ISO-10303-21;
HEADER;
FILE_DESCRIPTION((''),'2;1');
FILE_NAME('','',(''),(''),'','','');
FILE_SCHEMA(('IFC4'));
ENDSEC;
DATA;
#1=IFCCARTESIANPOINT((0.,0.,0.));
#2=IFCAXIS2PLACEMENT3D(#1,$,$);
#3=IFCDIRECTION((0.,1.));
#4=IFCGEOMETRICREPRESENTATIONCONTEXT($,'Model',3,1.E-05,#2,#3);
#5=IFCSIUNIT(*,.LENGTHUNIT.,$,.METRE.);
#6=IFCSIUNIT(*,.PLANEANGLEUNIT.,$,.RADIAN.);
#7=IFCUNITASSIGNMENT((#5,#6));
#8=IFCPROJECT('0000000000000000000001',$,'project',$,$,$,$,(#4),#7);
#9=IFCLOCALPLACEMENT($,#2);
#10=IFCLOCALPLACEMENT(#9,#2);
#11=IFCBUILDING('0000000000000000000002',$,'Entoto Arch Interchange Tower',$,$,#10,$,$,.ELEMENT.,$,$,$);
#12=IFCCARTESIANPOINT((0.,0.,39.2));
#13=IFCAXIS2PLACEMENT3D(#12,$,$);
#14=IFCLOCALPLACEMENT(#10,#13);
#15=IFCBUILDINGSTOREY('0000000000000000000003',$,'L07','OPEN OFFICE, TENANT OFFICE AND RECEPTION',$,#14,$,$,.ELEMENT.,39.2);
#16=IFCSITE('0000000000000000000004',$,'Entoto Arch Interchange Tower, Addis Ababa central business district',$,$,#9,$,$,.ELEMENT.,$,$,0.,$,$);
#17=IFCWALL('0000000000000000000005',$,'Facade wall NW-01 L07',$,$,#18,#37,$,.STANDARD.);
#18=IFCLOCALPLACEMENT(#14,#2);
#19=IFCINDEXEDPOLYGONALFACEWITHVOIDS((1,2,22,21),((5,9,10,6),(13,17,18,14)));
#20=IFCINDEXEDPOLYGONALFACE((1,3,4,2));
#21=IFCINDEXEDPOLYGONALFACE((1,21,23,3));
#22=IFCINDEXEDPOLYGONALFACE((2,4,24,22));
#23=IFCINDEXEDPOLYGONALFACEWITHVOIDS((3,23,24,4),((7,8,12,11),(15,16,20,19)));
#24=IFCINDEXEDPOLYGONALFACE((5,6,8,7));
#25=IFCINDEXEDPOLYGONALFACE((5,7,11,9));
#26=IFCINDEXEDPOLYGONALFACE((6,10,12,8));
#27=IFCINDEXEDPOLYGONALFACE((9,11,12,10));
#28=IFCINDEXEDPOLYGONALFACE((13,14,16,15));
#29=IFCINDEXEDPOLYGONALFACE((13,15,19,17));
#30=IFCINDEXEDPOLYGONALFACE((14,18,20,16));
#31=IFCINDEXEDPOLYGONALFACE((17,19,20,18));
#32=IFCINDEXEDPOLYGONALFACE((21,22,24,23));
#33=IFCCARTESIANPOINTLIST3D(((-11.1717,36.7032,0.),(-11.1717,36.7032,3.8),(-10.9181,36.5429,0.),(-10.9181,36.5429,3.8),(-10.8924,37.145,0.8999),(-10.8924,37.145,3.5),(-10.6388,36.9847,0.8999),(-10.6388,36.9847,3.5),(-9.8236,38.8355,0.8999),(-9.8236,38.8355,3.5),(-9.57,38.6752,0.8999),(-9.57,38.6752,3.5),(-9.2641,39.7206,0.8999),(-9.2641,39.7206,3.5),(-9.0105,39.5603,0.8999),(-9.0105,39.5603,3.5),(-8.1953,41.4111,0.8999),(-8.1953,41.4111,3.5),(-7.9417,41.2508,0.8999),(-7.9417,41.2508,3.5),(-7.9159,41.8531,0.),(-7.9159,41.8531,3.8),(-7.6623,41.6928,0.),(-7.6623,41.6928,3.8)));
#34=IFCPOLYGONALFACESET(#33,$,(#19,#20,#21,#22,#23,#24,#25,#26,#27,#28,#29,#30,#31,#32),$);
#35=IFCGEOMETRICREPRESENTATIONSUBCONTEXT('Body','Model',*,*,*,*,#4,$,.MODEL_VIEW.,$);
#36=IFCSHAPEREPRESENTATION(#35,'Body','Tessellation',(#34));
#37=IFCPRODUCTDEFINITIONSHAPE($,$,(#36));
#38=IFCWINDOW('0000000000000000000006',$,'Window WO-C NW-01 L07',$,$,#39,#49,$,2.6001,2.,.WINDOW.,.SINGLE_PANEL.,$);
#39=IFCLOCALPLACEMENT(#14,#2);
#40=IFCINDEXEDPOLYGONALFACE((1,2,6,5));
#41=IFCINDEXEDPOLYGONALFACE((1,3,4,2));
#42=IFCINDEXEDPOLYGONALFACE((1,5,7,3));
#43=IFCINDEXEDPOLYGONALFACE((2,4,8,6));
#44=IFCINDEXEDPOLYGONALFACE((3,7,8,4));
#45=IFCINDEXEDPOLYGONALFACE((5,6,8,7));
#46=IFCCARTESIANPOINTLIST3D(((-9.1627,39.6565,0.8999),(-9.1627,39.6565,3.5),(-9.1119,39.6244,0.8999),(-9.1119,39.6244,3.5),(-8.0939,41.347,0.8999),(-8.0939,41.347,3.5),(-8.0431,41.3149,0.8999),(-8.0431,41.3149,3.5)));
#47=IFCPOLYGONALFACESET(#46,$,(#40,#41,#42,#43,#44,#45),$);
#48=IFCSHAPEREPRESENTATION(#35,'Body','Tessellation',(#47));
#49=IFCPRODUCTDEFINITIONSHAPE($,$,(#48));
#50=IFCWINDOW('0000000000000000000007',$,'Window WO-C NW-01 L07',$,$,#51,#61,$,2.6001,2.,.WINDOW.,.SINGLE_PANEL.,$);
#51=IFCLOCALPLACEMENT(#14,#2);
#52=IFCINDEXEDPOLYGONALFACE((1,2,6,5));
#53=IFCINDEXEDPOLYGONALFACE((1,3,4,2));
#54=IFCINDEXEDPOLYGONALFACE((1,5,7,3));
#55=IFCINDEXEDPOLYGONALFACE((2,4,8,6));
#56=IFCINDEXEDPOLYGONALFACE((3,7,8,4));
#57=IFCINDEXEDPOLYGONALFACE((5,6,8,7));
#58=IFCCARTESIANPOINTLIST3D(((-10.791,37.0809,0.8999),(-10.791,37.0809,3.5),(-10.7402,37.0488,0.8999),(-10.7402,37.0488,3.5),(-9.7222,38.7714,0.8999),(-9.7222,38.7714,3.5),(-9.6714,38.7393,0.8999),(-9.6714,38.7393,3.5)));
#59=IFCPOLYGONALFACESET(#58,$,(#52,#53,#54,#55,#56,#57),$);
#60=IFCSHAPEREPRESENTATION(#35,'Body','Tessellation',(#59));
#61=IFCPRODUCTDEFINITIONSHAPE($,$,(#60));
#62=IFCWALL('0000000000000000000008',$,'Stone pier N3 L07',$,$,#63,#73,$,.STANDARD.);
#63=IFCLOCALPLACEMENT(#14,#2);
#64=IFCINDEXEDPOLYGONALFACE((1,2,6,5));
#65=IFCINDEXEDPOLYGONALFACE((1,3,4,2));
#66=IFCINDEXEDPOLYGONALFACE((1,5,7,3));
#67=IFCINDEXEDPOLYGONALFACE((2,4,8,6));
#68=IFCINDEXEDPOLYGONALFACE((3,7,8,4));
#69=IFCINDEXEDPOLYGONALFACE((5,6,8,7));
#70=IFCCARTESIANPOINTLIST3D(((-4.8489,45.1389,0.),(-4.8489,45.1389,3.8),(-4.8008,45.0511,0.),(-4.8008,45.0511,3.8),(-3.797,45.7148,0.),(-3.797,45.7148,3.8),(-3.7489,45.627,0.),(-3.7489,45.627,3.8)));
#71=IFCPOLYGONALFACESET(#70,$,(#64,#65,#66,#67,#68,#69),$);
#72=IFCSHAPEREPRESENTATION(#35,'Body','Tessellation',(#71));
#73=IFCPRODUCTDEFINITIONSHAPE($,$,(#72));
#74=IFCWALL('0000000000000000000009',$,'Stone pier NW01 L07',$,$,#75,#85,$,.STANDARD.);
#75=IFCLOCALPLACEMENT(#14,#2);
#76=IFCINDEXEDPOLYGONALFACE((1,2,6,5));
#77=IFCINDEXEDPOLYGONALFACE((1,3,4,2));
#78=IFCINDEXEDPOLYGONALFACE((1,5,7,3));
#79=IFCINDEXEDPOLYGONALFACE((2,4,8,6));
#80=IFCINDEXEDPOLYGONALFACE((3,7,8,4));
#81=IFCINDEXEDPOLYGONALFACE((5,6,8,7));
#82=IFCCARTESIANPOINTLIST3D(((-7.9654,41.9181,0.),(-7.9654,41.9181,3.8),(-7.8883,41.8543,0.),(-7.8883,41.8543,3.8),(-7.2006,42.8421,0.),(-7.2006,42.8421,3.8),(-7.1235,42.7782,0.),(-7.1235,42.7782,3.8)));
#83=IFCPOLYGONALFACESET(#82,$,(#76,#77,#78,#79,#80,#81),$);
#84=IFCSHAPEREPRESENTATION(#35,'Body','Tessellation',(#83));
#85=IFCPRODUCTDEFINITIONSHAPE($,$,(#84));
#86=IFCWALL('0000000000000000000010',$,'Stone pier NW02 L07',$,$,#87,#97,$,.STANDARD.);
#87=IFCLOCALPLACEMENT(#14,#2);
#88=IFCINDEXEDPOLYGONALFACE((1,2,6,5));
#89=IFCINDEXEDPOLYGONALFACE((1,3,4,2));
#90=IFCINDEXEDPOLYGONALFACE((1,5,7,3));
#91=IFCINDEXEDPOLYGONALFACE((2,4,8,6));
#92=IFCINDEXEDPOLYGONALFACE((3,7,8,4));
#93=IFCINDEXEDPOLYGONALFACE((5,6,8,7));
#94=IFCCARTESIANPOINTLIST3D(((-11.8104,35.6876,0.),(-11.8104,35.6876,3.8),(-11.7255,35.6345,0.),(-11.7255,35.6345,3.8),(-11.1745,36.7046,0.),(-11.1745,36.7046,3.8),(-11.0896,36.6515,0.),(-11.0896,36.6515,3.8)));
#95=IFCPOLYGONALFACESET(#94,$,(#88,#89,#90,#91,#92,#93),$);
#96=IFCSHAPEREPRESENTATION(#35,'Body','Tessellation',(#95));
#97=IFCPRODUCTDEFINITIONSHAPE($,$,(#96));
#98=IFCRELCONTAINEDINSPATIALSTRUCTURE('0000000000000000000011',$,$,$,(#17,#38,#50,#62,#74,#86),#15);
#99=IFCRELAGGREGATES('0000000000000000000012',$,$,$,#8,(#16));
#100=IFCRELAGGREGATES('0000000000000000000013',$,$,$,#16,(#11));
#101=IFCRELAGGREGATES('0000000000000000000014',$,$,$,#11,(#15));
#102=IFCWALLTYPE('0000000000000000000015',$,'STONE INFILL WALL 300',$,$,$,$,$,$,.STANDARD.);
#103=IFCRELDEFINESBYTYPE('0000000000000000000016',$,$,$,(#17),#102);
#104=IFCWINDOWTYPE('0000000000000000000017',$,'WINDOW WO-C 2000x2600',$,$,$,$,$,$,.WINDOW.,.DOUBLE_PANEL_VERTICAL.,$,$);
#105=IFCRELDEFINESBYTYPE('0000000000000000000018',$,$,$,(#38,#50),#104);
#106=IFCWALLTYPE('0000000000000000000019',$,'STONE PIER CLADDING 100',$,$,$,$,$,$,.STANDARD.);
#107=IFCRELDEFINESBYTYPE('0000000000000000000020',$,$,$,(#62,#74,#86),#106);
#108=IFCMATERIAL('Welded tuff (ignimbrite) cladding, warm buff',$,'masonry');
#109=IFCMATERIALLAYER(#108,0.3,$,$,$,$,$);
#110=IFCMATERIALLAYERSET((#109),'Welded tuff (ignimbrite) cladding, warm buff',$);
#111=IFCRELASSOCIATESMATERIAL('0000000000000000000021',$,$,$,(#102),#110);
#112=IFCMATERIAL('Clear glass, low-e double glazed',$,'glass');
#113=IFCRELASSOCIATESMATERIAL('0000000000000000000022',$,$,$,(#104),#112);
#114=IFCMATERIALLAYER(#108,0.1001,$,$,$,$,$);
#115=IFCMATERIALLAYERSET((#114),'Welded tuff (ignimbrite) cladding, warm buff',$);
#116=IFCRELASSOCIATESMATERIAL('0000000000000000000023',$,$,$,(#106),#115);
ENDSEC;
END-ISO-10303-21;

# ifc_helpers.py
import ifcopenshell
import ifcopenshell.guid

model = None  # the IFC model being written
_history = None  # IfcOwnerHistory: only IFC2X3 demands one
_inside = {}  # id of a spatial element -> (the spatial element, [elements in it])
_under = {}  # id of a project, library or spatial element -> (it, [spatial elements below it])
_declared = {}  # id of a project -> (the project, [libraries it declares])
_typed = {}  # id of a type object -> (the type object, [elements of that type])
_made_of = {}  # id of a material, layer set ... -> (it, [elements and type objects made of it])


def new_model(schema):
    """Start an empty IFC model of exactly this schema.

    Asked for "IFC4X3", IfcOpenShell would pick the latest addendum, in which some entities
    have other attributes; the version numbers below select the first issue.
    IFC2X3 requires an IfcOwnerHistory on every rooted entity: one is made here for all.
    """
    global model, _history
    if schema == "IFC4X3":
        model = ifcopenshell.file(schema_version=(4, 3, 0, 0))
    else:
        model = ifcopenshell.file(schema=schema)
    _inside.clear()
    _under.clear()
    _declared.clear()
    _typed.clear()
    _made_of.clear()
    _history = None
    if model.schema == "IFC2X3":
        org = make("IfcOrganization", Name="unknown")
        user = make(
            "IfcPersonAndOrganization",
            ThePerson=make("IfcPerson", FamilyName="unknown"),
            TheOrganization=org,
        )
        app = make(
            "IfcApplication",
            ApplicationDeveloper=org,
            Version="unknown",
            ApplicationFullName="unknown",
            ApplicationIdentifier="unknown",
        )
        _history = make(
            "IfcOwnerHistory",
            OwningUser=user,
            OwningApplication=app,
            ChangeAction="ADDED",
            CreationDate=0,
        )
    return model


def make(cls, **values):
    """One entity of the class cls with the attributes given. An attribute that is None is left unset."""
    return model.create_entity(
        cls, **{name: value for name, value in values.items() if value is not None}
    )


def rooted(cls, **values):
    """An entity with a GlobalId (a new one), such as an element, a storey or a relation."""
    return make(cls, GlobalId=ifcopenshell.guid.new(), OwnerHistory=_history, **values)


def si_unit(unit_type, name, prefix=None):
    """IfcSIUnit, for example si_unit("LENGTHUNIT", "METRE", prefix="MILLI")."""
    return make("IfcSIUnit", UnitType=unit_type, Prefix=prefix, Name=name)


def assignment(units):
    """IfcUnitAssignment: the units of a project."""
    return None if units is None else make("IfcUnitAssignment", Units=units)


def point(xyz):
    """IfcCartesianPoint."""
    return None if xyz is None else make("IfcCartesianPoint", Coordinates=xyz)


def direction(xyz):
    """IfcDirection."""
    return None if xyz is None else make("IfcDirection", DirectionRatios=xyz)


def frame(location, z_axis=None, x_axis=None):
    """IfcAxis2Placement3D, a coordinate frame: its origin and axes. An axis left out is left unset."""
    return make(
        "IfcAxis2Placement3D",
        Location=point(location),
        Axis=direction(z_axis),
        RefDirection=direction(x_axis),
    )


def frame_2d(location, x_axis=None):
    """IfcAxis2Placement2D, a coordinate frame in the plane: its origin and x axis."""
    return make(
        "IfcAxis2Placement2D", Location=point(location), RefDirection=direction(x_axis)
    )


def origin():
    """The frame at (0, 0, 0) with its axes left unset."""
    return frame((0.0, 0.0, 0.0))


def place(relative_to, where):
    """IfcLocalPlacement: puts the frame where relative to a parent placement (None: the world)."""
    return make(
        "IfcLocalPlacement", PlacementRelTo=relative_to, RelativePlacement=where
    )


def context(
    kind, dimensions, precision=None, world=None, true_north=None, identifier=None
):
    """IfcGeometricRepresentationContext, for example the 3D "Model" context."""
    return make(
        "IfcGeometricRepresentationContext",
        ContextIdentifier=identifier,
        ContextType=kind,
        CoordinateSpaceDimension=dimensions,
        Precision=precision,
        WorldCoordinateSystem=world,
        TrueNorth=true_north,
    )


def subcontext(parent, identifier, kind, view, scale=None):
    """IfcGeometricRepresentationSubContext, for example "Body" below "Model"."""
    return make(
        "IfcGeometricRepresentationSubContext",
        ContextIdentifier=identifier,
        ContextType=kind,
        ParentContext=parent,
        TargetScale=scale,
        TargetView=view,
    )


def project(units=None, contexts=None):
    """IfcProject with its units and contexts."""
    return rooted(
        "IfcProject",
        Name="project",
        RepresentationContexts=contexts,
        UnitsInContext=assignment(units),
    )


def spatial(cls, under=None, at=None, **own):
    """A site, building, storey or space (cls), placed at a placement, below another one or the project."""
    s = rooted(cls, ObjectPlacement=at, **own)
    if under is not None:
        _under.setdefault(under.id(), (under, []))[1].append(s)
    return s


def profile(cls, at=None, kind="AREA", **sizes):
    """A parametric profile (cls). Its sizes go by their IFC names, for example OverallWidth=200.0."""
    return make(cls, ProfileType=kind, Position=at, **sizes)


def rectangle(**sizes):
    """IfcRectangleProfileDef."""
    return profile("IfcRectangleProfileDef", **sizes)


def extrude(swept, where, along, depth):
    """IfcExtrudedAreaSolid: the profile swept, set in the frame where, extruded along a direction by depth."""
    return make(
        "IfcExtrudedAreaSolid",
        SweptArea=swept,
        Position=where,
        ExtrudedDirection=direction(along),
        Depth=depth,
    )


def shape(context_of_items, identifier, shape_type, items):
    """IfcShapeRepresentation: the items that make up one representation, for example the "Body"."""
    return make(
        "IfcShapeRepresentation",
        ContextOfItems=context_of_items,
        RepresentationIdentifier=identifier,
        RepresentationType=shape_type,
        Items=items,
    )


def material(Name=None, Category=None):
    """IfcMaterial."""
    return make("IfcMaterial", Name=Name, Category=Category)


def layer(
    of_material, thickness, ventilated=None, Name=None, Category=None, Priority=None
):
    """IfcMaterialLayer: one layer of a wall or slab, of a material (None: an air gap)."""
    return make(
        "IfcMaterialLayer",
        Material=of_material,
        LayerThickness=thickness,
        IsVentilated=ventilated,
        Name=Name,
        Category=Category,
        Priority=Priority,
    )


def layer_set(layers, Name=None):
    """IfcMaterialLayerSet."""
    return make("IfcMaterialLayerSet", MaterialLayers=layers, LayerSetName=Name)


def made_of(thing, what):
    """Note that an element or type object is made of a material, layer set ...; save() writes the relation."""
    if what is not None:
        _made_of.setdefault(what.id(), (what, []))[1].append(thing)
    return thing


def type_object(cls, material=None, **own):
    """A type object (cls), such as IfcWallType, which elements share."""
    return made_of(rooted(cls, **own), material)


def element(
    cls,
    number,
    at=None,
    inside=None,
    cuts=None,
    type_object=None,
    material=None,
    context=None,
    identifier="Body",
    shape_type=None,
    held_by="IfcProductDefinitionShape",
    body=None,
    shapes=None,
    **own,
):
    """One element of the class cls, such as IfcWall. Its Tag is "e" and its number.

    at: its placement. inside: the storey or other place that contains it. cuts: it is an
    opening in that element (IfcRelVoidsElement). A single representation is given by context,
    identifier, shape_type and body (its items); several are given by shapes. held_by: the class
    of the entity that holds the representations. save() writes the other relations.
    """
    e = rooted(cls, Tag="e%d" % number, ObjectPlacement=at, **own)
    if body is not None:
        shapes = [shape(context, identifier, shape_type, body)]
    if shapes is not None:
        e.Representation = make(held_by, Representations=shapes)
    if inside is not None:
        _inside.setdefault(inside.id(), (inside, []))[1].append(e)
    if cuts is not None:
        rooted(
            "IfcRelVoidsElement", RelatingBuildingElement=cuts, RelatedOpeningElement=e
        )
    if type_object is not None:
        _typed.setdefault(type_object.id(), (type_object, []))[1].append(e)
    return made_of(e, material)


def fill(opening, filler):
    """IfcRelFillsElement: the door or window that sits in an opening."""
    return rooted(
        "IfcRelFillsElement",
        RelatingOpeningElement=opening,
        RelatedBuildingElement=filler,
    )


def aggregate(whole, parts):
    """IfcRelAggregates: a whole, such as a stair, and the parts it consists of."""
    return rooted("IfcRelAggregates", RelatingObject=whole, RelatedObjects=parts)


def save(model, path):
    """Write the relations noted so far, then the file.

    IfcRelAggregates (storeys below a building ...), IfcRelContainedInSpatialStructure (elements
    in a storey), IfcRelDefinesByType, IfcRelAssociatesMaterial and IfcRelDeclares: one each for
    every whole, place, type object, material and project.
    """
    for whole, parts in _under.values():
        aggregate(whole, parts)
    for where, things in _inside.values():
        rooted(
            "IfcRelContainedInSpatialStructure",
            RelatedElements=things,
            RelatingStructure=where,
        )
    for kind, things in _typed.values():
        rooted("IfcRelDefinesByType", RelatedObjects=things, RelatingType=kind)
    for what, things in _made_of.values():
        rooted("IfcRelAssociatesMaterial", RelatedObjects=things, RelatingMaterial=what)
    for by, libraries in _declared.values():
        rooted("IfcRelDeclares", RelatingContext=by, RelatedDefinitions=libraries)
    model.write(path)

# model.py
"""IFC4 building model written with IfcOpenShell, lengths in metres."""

from ifc_helpers import new_model, si_unit, direction, frame, frame_2d, origin, place, context, subcontext, project, spatial, rectangle, extrude, material, layer, layer_set, type_object, element, fill, save


model = new_model("IFC4")

# Units and contexts
model_context = context("Model", 3, precision=1e-05, world=origin(), true_north=direction((0.0, 1.0)))
body_context = subcontext(model_context, "Body", "Model", "MODEL_VIEW")
ifc_project = project(units=[si_unit("LENGTHUNIT", "METRE"), si_unit("PLANEANGLEUNIT", "RADIAN")], contexts=[model_context])

# Site, building, storey
site_placement = place(None, origin())
site = spatial("IfcSite", under=ifc_project, at=site_placement, Name="Entoto Arch Interchange Tower, Addis Ababa central business district", CompositionType="ELEMENT", RefElevation=0.0)
building_placement = place(site_placement, origin())
building = spatial("IfcBuilding", under=site, at=building_placement, Name="Entoto Arch Interchange Tower", CompositionType="ELEMENT")
storey_placement = place(building_placement, frame((0.0, 0.0, 39.2)))
storey = spatial("IfcBuildingStorey", under=building, at=storey_placement, Name="L07", Description="OPEN OFFICE, TENANT OFFICE AND RECEPTION", CompositionType="ELEMENT", Elevation=39.2)

# Shared definitions
ifc_material_1 = material(Name="Welded tuff (ignimbrite) cladding, warm buff", Category="masonry")
ifc_layer_1 = layer(ifc_material_1, 0.3)
ifc_layer_set_1 = layer_set([ifc_layer_1], Name="Welded tuff (ignimbrite) cladding, warm buff")
wall_type_1 = type_object("IfcWallType", Name="STONE INFILL WALL 300", PredefinedType="STANDARD", material=ifc_layer_set_1)
ifc_material_2 = material(Name="Clear glass, low-e double glazed", Category="glass")

# Wall, openings, windows
wall_1_placement = place(storey_placement, frame((-7.7891, 41.7729, 0.0), z_axis=(0.0, 0.0, 1.0), x_axis=(-0.534379, -0.845245, 0.0)))
wall_1 = element("IfcWall", 1, at=wall_1_placement, inside=storey, type_object=wall_type_1, Name="Facade wall NW-01 L07", PredefinedType="STANDARD", context=body_context, shape_type="SweptSolid", body=[
    extrude(rectangle(XDim=6.0928, YDim=0.3, at=frame_2d((3.0464, 0.0))), origin(), (0.0, 0.0, 1.0), 3.8),
])
opening_1_placement = place(wall_1_placement, frame((0.5229, 0.0, 0.8999)))
opening_1 = element("IfcOpeningElement", 2, at=opening_1_placement, cuts=wall_1, PredefinedType="OPENING", context=body_context, shape_type="SweptSolid", body=[
    extrude(rectangle(XDim=2.0, YDim=2.6001, at=frame_2d((1.0, 1.3))), frame((0.0, 0.1602, 0.0), z_axis=(0.0, -1.0, 0.0), x_axis=(1.0, 0.0, 0.0)), (0.0, 0.0, 1.0), 0.3201),
])
opening_2_placement = place(wall_1_placement, frame((3.5701, 0.0, 0.8999)))
opening_2 = element("IfcOpeningElement", 3, at=opening_2_placement, cuts=wall_1, PredefinedType="OPENING", context=body_context, shape_type="SweptSolid", body=[
    extrude(rectangle(XDim=2.0, YDim=2.6001, at=frame_2d((1.0, 1.3))), frame((0.0, 0.1602, 0.0), z_axis=(0.0, -1.0, 0.0), x_axis=(1.0, 0.0, 0.0)), (0.0, 0.0, 1.0), 0.3201),
])
window_type_1 = type_object("IfcWindowType", Name="WINDOW WO-C 2000x2600", PartitioningType="DOUBLE_PANEL_VERTICAL", PredefinedType="WINDOW", material=ifc_material_2)
window_1_placement = place(opening_1_placement, origin())
window_1 = element("IfcWindow", 4, at=window_1_placement, inside=storey, type_object=window_type_1, Name="Window WO-C NW-01 L07", OverallHeight=2.6001, OverallWidth=2.0, PartitioningType="SINGLE_PANEL", PredefinedType="WINDOW", context=body_context, shape_type="SweptSolid", body=[
    extrude(rectangle(XDim=2.0, YDim=2.6001, at=frame_2d((1.0, 1.3))), frame((0.0, 0.03, 0.0), z_axis=(0.0, -1.0, 0.0), x_axis=(1.0, 0.0, 0.0)), (0.0, 0.0, 1.0), 0.0601),
])
fill(opening_1, window_1)
window_2_placement = place(opening_2_placement, origin())
window_2 = element("IfcWindow", 5, at=window_2_placement, inside=storey, type_object=window_type_1, Name="Window WO-C NW-01 L07", OverallHeight=2.6001, OverallWidth=2.0, PartitioningType="SINGLE_PANEL", PredefinedType="WINDOW", context=body_context, shape_type="SweptSolid", body=[
    extrude(rectangle(XDim=2.0, YDim=2.6001, at=frame_2d((1.0, 1.3))), frame((0.0, 0.03, 0.0), z_axis=(0.0, -1.0, 0.0), x_axis=(1.0, 0.0, 0.0)), (0.0, 0.0, 1.0), 0.0601),
])
fill(opening_2, window_2)

# Walls
ifc_layer_2 = layer(ifc_material_1, 0.1001)
ifc_layer_set_2 = layer_set([ifc_layer_2], Name="Welded tuff (ignimbrite) cladding, warm buff")
wall_type_2 = type_object("IfcWallType", Name="STONE PIER CLADDING 100", PredefinedType="STANDARD", material=ifc_layer_set_2)
wall_2_placement = place(storey_placement, frame((-3.7729, 45.6709, 0.0), z_axis=(0.0, 0.0, 1.0), x_axis=(-0.877155, -0.480206, 0.0)))
element("IfcWall", 6, at=wall_2_placement, inside=storey, type_object=wall_type_2, Name="Stone pier N3 L07", PredefinedType="STANDARD", context=body_context, shape_type="SweptSolid", body=[
    extrude(rectangle(XDim=1.1992, YDim=0.1001, at=frame_2d((0.5996, 0.0))), origin(), (0.0, 0.0, 1.0), 3.8),
])
for number, where, z_axis, x_axis, name in (
    (7, (-7.1621, 42.8101, 0.0), (0.0, 0.0, 1.0), (-0.637639, -0.770336, 0.0), "Stone pier NW01 L07"),
    (8, (-11.1321, 36.678, 0.0), (0.0, 0.0, 1.0), (-0.530182, -0.847884, 0.0), "Stone pier NW02 L07"),
):
    element("IfcWall", number, at=place(storey_placement, frame(where, z_axis=z_axis, x_axis=x_axis)), inside=storey, type_object=wall_type_2, Name=name, PredefinedType="STANDARD", context=body_context, shape_type="SweptSolid", body=[
        extrude(rectangle(XDim=1.1995, YDim=0.1001, at=frame_2d((0.5996, 0.0))), origin(), (0.0, 0.0, 1.0), 3.8),
    ])

save(model, "model.ifc")
